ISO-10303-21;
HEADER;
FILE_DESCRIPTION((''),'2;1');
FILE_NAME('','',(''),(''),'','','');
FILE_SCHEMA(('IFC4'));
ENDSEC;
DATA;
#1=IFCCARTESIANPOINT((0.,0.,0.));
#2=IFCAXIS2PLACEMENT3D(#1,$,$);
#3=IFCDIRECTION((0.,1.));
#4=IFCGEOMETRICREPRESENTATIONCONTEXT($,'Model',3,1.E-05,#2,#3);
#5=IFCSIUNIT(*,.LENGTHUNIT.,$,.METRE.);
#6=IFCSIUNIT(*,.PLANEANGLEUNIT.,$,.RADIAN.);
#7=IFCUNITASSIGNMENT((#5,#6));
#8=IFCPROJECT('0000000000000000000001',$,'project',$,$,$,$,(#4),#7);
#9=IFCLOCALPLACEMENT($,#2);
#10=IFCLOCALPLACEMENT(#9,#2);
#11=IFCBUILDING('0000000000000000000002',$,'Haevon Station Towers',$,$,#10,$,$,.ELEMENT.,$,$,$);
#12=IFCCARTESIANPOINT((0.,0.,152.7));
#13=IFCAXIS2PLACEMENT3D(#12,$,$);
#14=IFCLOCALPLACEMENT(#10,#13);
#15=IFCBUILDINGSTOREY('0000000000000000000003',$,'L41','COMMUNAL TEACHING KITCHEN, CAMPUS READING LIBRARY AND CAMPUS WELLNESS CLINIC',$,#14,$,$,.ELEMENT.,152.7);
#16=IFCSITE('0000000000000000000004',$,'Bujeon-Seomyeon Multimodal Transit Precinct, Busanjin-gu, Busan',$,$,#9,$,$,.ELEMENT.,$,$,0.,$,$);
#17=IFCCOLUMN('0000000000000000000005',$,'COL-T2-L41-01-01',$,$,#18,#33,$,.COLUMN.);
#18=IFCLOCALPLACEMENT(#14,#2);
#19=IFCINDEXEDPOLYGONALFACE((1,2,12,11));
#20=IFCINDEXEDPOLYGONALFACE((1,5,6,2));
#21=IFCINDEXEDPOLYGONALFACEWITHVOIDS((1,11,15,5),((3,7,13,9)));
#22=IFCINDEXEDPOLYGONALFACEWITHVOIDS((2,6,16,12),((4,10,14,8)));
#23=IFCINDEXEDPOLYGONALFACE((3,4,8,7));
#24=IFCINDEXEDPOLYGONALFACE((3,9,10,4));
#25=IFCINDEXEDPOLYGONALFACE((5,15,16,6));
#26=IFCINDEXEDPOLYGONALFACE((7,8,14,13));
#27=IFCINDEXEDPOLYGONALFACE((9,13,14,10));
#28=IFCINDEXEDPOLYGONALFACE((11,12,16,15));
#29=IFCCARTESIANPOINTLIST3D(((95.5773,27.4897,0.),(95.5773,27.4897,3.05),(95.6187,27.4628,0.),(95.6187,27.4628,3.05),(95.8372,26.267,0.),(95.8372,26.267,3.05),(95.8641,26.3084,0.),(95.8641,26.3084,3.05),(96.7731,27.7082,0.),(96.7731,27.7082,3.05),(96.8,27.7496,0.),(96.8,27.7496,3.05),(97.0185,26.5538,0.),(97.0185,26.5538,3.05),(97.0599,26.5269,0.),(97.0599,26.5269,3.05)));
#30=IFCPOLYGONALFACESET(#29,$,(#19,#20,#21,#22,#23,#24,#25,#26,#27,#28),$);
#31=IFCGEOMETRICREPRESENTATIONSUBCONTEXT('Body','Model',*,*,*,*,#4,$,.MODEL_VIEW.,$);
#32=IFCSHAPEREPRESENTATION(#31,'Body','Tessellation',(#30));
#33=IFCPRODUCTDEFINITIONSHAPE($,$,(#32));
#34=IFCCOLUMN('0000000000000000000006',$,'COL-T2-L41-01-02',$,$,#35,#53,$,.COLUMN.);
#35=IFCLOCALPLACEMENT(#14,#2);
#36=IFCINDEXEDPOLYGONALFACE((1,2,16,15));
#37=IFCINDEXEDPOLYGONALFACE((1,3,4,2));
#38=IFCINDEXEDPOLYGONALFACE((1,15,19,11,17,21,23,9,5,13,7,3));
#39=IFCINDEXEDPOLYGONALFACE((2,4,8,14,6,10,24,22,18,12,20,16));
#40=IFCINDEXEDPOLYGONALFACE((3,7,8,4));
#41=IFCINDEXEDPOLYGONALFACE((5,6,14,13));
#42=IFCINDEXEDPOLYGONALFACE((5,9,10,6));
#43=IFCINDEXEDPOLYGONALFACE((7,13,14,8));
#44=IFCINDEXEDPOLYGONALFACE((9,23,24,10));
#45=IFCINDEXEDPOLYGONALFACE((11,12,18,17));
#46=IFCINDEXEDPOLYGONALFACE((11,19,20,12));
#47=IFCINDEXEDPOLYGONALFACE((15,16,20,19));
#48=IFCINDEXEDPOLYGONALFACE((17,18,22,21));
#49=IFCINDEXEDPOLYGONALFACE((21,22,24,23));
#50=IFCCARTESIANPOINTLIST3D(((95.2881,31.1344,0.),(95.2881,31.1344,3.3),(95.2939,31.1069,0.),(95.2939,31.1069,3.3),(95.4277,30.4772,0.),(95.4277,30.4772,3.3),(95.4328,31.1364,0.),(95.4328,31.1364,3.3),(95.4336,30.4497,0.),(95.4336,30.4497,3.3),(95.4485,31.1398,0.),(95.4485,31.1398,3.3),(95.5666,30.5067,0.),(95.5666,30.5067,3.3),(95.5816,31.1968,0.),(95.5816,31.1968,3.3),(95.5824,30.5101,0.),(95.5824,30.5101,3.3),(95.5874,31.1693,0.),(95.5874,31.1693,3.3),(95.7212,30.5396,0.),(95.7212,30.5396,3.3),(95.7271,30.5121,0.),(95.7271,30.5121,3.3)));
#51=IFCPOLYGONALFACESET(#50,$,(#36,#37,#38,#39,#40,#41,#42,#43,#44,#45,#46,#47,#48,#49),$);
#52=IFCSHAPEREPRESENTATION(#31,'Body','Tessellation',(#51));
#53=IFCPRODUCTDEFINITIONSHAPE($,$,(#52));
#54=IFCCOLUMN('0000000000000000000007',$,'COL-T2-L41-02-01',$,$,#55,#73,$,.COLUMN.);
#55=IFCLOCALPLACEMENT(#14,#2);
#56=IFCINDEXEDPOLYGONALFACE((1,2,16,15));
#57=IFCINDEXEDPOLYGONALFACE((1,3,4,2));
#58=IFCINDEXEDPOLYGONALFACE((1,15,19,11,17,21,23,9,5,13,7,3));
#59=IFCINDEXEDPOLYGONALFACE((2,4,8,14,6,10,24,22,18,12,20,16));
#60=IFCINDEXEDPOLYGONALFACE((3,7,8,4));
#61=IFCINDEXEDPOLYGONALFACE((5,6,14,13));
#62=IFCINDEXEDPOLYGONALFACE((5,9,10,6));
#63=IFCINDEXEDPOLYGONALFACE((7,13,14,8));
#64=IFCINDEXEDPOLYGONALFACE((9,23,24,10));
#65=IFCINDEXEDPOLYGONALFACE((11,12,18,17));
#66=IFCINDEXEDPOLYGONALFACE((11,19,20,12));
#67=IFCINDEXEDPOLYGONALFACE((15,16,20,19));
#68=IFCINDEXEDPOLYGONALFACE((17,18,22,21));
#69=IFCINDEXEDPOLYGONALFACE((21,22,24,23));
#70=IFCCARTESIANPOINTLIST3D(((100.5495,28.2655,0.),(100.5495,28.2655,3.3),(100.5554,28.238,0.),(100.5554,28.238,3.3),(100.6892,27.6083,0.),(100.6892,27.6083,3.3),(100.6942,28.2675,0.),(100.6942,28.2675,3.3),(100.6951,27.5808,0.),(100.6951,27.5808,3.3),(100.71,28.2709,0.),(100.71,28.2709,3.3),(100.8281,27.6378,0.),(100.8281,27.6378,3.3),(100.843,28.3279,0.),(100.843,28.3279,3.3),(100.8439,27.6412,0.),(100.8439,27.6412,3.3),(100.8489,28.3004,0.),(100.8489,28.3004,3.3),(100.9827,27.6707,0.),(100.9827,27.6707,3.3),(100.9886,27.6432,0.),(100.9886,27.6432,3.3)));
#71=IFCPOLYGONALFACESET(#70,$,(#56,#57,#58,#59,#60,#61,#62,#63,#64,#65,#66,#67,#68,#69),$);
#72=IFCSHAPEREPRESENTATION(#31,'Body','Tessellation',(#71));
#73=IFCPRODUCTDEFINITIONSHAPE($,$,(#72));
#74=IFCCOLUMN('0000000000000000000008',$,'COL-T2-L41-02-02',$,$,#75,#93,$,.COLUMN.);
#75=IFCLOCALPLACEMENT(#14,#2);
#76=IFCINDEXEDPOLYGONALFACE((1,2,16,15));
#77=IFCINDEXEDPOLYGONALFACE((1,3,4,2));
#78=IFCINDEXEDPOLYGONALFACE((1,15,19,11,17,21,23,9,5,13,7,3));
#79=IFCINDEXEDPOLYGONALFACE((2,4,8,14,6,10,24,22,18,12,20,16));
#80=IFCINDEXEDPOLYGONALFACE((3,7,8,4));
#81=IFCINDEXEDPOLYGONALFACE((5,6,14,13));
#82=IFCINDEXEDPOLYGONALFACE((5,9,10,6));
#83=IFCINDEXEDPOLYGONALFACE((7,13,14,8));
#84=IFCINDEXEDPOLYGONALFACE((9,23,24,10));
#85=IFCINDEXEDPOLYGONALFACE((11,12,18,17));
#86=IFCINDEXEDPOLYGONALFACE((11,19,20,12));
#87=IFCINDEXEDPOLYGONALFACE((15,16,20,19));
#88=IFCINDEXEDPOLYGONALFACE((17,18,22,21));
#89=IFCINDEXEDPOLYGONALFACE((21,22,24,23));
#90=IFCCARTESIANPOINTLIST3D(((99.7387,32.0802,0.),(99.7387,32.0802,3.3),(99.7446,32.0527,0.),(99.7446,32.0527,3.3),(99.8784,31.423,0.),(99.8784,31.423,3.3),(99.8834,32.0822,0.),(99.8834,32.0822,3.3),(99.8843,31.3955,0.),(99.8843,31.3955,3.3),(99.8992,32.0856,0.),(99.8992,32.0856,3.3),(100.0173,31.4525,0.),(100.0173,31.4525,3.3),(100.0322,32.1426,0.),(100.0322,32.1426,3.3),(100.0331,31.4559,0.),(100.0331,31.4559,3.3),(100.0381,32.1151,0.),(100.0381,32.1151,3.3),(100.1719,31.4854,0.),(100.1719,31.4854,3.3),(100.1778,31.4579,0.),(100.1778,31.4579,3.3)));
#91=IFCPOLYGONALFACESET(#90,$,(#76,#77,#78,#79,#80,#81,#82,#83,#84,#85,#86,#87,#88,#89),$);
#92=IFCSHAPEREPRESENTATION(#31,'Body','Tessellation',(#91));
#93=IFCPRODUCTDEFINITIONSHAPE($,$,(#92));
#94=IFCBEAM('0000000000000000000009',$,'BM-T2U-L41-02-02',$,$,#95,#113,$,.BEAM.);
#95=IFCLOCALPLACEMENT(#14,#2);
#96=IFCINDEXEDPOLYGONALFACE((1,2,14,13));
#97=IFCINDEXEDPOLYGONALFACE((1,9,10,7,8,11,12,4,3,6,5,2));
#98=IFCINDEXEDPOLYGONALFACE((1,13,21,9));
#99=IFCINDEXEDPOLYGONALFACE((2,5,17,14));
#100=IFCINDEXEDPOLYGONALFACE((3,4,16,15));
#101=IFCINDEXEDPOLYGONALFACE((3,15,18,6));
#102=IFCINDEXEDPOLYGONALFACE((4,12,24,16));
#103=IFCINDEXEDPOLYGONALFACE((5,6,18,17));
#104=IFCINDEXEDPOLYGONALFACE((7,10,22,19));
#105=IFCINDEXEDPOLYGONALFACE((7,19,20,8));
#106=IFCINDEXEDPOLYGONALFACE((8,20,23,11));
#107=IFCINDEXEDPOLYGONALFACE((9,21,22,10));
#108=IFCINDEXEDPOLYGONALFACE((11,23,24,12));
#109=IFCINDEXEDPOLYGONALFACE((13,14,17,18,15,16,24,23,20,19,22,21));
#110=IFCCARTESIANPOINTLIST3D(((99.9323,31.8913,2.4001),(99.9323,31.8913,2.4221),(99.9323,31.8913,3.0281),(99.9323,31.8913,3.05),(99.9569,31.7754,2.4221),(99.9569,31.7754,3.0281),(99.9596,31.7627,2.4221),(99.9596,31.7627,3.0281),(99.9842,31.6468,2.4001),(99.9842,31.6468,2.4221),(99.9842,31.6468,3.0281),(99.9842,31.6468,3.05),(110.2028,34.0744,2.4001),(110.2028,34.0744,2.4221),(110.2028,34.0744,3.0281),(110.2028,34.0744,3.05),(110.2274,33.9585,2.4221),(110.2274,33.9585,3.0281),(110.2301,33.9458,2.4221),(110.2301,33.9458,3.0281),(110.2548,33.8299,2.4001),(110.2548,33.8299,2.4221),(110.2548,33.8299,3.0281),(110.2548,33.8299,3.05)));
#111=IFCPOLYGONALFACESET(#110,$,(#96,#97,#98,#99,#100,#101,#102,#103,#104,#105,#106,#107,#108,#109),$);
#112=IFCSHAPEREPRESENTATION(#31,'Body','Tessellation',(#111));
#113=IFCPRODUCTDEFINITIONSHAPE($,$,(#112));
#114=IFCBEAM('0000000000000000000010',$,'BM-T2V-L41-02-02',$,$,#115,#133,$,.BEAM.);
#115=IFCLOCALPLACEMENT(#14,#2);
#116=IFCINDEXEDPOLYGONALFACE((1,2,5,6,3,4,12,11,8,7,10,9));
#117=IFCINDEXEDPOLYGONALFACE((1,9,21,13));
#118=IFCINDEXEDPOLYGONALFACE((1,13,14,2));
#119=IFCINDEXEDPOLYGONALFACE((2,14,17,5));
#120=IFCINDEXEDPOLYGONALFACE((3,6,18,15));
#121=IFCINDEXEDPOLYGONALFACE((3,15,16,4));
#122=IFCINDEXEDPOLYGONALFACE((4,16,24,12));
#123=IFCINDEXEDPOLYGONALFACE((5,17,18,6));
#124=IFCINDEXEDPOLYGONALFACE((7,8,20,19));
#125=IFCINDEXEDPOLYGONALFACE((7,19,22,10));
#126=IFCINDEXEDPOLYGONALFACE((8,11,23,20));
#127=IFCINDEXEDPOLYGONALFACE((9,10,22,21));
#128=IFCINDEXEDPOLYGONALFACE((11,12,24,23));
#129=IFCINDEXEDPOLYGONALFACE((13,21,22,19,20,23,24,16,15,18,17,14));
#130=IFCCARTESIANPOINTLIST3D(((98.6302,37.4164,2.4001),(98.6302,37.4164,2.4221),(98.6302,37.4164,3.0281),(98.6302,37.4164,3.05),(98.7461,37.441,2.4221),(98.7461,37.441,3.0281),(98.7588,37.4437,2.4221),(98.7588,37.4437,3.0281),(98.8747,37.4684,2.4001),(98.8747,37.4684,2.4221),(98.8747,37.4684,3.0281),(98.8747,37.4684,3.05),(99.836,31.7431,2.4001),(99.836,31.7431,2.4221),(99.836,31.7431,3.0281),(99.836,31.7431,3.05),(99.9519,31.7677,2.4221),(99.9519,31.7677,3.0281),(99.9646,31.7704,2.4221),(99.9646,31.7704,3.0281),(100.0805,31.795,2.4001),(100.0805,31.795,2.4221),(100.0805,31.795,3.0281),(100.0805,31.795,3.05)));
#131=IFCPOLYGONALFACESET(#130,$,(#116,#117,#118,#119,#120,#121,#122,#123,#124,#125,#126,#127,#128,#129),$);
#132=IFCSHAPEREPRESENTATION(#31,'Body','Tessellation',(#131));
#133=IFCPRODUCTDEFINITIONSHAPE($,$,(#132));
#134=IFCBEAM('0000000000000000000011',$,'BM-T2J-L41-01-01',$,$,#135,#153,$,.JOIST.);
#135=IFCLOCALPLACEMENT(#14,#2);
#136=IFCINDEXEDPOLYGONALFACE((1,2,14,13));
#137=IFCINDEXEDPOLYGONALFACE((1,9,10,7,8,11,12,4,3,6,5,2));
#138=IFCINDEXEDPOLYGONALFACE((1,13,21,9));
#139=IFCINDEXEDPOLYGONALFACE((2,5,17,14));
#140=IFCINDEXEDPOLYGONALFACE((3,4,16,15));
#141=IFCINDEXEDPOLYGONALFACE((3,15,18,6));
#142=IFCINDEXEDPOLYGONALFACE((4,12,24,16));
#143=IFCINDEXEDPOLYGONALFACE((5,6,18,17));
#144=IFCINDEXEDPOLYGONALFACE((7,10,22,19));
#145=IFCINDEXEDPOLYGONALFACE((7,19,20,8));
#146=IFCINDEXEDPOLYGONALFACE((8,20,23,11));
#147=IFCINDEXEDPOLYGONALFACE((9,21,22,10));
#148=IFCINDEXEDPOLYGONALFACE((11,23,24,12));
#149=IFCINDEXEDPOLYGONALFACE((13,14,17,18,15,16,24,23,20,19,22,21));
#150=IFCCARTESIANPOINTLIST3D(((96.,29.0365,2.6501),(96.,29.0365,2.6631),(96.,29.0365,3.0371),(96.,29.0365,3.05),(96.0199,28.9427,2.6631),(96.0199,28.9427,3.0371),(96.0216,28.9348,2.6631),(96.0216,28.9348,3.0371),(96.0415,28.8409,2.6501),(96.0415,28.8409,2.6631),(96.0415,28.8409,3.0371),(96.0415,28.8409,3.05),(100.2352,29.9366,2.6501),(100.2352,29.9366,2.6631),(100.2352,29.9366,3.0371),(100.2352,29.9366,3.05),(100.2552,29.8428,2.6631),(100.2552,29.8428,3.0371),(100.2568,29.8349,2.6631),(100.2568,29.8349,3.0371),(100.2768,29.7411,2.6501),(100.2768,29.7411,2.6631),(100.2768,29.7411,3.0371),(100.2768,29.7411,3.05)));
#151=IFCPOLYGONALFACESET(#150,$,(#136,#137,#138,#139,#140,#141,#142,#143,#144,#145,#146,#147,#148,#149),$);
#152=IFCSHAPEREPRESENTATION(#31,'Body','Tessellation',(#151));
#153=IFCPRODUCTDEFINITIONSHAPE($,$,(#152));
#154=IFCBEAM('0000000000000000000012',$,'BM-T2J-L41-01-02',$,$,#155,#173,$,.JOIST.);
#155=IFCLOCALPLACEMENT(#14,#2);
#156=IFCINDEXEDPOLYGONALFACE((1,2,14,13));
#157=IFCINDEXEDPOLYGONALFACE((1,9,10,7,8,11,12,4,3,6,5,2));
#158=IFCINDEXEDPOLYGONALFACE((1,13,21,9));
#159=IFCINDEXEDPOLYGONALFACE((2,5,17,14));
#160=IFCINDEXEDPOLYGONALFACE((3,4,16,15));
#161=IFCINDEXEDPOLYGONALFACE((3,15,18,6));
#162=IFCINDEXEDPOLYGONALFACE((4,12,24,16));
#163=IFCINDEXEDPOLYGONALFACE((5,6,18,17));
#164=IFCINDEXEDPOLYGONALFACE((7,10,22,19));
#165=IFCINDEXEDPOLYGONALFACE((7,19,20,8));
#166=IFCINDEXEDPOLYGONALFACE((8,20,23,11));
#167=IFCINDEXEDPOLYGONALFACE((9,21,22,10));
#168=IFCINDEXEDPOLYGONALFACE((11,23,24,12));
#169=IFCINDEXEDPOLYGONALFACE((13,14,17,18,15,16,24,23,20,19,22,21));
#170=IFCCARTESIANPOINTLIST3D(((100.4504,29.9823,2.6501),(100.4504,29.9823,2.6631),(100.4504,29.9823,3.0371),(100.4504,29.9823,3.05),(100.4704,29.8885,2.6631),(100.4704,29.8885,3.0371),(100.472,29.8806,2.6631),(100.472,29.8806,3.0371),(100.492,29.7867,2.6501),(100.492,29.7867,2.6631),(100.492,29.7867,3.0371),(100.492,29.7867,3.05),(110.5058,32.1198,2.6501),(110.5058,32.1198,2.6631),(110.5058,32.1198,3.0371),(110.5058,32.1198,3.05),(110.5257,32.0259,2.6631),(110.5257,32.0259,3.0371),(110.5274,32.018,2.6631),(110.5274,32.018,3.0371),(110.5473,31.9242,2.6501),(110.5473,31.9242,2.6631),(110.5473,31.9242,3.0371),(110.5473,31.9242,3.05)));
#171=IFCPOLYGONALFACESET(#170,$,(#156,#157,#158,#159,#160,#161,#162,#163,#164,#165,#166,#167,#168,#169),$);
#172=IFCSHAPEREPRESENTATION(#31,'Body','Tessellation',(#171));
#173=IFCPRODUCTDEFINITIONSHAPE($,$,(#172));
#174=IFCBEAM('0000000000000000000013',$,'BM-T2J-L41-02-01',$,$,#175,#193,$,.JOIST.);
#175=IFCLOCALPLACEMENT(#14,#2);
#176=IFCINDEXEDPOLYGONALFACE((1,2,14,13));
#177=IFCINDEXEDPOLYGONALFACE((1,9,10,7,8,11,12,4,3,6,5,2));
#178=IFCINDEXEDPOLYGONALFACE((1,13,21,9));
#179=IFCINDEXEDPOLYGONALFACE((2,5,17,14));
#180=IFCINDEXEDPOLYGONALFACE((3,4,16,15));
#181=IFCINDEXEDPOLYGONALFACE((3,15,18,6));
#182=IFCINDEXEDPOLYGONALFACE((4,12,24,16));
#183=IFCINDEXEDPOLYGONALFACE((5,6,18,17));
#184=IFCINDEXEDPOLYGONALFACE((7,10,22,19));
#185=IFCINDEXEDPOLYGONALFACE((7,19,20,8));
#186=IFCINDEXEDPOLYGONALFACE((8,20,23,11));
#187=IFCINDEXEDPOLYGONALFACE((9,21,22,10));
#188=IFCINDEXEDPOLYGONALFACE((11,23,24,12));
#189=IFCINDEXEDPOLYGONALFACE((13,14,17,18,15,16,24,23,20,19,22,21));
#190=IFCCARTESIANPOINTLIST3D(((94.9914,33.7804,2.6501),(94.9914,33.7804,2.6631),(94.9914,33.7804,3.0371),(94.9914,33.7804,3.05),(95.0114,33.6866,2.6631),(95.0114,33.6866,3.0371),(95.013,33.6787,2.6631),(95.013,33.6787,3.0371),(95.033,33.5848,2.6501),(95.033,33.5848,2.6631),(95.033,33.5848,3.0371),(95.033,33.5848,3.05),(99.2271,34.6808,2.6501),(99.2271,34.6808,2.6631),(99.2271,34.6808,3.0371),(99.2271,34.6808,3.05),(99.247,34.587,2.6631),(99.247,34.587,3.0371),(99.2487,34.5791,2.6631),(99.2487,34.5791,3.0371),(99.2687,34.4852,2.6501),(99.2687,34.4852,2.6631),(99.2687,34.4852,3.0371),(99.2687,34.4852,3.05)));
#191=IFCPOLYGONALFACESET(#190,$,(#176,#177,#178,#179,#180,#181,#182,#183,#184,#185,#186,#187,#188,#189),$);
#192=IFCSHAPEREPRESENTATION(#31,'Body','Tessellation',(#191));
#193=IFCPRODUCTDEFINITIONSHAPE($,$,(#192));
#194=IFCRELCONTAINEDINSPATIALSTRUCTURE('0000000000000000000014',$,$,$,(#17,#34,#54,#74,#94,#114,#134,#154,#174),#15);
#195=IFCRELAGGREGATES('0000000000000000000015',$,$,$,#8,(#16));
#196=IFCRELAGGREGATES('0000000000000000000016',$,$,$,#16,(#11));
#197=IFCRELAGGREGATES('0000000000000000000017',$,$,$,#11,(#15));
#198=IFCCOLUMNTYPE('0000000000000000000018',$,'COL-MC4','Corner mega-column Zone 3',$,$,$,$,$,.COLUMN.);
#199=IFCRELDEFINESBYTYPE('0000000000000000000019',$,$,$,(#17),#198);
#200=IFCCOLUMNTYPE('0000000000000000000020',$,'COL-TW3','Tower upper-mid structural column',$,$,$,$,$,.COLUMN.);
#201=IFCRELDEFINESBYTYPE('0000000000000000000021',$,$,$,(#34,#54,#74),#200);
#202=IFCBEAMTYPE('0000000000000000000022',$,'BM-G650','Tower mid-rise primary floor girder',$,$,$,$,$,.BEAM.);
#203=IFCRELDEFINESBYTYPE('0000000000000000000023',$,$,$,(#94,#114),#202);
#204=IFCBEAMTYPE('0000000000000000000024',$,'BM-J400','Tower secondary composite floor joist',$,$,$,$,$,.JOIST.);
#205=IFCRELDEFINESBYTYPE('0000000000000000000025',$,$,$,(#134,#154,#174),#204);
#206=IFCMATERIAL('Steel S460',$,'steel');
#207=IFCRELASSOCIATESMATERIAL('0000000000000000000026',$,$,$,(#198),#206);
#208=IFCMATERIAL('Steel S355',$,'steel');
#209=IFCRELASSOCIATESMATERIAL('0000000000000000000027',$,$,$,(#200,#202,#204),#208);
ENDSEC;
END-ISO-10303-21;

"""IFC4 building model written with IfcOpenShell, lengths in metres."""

from ifc_helpers import new_model, si_unit, direction, frame, origin, origin_2d, place, context, subcontext, project, spatial, hollow_rectangle, i_section, extrude, material, material_profile, profile_set, type_object, element, save


model = new_model("IFC4")

# Units and contexts
model_context = context("Model", 3, precision=1e-05, world=origin(), true_north=direction((0.0, 1.0)))
body_context = subcontext(model_context, "Body", "Model", "MODEL_VIEW")
ifc_project = project(units=[si_unit("LENGTHUNIT", "METRE"), si_unit("PLANEANGLEUNIT", "RADIAN")], contexts=[model_context])

# Site, building, storey
site_placement = place(None, origin())
site = spatial("IfcSite", under=ifc_project, at=site_placement, Name="Bujeon-Seomyeon Multimodal Transit Precinct, Busanjin-gu, Busan", CompositionType="ELEMENT", RefElevation=0.0)
building_placement = place(site_placement, origin())
building = spatial("IfcBuilding", under=site, at=building_placement, Name="Haevon Station Towers", CompositionType="ELEMENT")
storey_placement = place(building_placement, frame((0.0, 0.0, 152.7)))
storey = spatial("IfcBuildingStorey", under=building, at=storey_placement, Name="L41", Description="COMMUNAL TEACHING KITCHEN, CAMPUS READING LIBRARY AND CAMPUS WELLNESS CLINIC", CompositionType="ELEMENT", Elevation=152.7)

# Columns
ifc_material_1 = material(Name="Steel S460", Category="steel")
ifc_material_profile_1 = material_profile(ifc_material_1, hollow_rectangle(XDim=1.25, YDim=1.25, WallThickness=0.0349, at=origin_2d()), Name="BOX-1250x1250x35")
ifc_profile_set_1 = profile_set([ifc_material_profile_1], Name="Steel S460")
column_type_1 = type_object("IfcColumnType", Name="COL-MC4", Description="Corner mega-column Zone 3", PredefinedType="COLUMN", material=ifc_profile_set_1)
column_placement = place(storey_placement, frame((96.3186, 27.0083, 0.0), z_axis=(0.0, 0.0, 1.0), x_axis=(0.978148, 0.207912, 0.0)))
element("IfcColumn", 1, at=column_placement, inside=storey, type_object=column_type_1, Name="COL-T2-L41-01-01", PredefinedType="COLUMN", context=body_context, shape_type="SweptSolid", body=[
    extrude(hollow_rectangle(XDim=1.25, YDim=1.25, WallThickness=0.0349, at=origin_2d()), origin(), (0.0, 0.0, 1.0), 3.05),
])
ifc_material_2 = material(Name="Steel S355", Category="steel")
ifc_material_profile_2 = material_profile(ifc_material_2, i_section(OverallWidth=0.3, OverallDepth=0.7, WebThickness=0.0161, FlangeThickness=0.0281, at=origin_2d()), Name="H-700x300x16x28")
ifc_profile_set_2 = profile_set([ifc_material_profile_2], Name="Steel S355")
column_type_2 = type_object("IfcColumnType", Name="COL-TW3", Description="Tower upper-mid structural column", PredefinedType="COLUMN", material=ifc_profile_set_2)
for number, where, z_axis, x_axis, name in (
    (2, (95.5076, 30.8232, 0.0), (0.0, 0.0, 1.0), (0.978148, 0.207912, 0.0), "COL-T2-L41-01-02"),
    (3, (100.769, 27.9543, 0.0), (0.0, 0.0, 1.0), (0.978148, 0.207912, 0.0), "COL-T2-L41-02-01"),
    (4, (99.9583, 31.769, 0.0), (0.0, 0.0, 1.0), (0.978148, 0.207912, 0.0), "COL-T2-L41-02-02"),
):
    element("IfcColumn", number, at=place(storey_placement, frame(where, z_axis=z_axis, x_axis=x_axis)), inside=storey, type_object=column_type_2, Name=name, PredefinedType="COLUMN", context=body_context, shape_type="SweptSolid", body=[
        extrude(i_section(OverallWidth=0.3, OverallDepth=0.7, WebThickness=0.0161, FlangeThickness=0.0281, at=origin_2d()), origin(), (0.0, 0.0, 1.0), 3.3),
    ])

# Beams
ifc_material_profile_3 = material_profile(ifc_material_2, i_section(OverallWidth=0.25, OverallDepth=0.6499, WebThickness=0.0129, FlangeThickness=0.022, at=origin_2d()), Name="H-650x250x13x22")
ifc_profile_set_3 = profile_set([ifc_material_profile_3], Name="Steel S355")
beam_type_1 = type_object("IfcBeamType", Name="BM-G650", Description="Tower mid-rise primary floor girder", PredefinedType="BEAM", material=ifc_profile_set_3)
beam_1_placement = place(storey_placement, frame((99.9583, 31.769, 2.7251), z_axis=(0.978147, 0.207915, 0.0), x_axis=(-0.207915, 0.978147, 0.0)))
element("IfcBeam", 5, at=beam_1_placement, inside=storey, type_object=beam_type_1, Name="BM-T2U-L41-02-02", PredefinedType="BEAM", context=body_context, shape_type="SweptSolid", body=[
    extrude(i_section(OverallWidth=0.25, OverallDepth=0.6499, WebThickness=0.0129, FlangeThickness=0.022, at=origin_2d()), origin(), (0.0, 0.0, 1.0), 10.5),
])
beam_2_placement = place(storey_placement, frame((99.9583, 31.769, 2.7251), z_axis=(-0.207896, 0.978151, 0.0), x_axis=(-0.978151, -0.207896, 0.0)))
element("IfcBeam", 6, at=beam_2_placement, inside=storey, type_object=beam_type_1, Name="BM-T2V-L41-02-02", PredefinedType="BEAM", context=body_context, shape_type="SweptSolid", body=[
    extrude(i_section(OverallWidth=0.25, OverallDepth=0.6499, WebThickness=0.0129, FlangeThickness=0.022, at=origin_2d()), origin(), (0.0, 0.0, 1.0), 5.8),
])
ifc_material_profile_4 = material_profile(ifc_material_2, i_section(OverallWidth=0.2, OverallDepth=0.3999, WebThickness=0.0081, FlangeThickness=0.0129, at=origin_2d()), Name="H-400x200x8x13")
ifc_profile_set_4 = profile_set([ifc_material_profile_4], Name="Steel S355")
beam_type_2 = type_object("IfcBeamType", Name="BM-J400", Description="Tower secondary composite floor joist", PredefinedType="JOIST", material=ifc_profile_set_4)
beam_3_placement = place(storey_placement, frame((96.0208, 28.9387, 2.8501), z_axis=(0.978153, 0.207888, 0.0), x_axis=(-0.207888, 0.978153, 0.0)))
element("IfcBeam", 7, at=beam_3_placement, inside=storey, type_object=beam_type_2, Name="BM-T2J-L41-01-01", PredefinedType="JOIST", context=body_context, shape_type="SweptSolid", body=[
    extrude(i_section(OverallWidth=0.2, OverallDepth=0.3999, WebThickness=0.0081, FlangeThickness=0.0129, at=origin_2d()), origin(), (0.0, 0.0, 1.0), 4.3298),
])
beam_4_placement = place(storey_placement, frame((100.4712, 29.8845, 2.8501), z_axis=(0.978146, 0.207922, 0.0), x_axis=(-0.207922, 0.978146, 0.0)))
element("IfcBeam", 8, at=beam_4_placement, inside=storey, type_object=beam_type_2, Name="BM-T2J-L41-01-02", PredefinedType="JOIST", context=body_context, shape_type="SweptSolid", body=[
    extrude(i_section(OverallWidth=0.2, OverallDepth=0.3999, WebThickness=0.0081, FlangeThickness=0.0129, at=origin_2d()), origin(), (0.0, 0.0, 1.0), 10.28),
])
beam_5_placement = place(storey_placement, frame((95.0122, 33.6826, 2.8501), z_axis=(0.978144, 0.207931, 0.0), x_axis=(-0.207931, 0.978144, 0.0)))
element("IfcBeam", 9, at=beam_5_placement, inside=storey, type_object=beam_type_2, Name="BM-T2J-L41-02-01", PredefinedType="JOIST", context=body_context, shape_type="SweptSolid", body=[
    extrude(i_section(OverallWidth=0.2, OverallDepth=0.3999, WebThickness=0.0081, FlangeThickness=0.0129, at=origin_2d()), origin(), (0.0, 0.0, 1.0), 4.3303),
])

save(model, "model.ifc")
